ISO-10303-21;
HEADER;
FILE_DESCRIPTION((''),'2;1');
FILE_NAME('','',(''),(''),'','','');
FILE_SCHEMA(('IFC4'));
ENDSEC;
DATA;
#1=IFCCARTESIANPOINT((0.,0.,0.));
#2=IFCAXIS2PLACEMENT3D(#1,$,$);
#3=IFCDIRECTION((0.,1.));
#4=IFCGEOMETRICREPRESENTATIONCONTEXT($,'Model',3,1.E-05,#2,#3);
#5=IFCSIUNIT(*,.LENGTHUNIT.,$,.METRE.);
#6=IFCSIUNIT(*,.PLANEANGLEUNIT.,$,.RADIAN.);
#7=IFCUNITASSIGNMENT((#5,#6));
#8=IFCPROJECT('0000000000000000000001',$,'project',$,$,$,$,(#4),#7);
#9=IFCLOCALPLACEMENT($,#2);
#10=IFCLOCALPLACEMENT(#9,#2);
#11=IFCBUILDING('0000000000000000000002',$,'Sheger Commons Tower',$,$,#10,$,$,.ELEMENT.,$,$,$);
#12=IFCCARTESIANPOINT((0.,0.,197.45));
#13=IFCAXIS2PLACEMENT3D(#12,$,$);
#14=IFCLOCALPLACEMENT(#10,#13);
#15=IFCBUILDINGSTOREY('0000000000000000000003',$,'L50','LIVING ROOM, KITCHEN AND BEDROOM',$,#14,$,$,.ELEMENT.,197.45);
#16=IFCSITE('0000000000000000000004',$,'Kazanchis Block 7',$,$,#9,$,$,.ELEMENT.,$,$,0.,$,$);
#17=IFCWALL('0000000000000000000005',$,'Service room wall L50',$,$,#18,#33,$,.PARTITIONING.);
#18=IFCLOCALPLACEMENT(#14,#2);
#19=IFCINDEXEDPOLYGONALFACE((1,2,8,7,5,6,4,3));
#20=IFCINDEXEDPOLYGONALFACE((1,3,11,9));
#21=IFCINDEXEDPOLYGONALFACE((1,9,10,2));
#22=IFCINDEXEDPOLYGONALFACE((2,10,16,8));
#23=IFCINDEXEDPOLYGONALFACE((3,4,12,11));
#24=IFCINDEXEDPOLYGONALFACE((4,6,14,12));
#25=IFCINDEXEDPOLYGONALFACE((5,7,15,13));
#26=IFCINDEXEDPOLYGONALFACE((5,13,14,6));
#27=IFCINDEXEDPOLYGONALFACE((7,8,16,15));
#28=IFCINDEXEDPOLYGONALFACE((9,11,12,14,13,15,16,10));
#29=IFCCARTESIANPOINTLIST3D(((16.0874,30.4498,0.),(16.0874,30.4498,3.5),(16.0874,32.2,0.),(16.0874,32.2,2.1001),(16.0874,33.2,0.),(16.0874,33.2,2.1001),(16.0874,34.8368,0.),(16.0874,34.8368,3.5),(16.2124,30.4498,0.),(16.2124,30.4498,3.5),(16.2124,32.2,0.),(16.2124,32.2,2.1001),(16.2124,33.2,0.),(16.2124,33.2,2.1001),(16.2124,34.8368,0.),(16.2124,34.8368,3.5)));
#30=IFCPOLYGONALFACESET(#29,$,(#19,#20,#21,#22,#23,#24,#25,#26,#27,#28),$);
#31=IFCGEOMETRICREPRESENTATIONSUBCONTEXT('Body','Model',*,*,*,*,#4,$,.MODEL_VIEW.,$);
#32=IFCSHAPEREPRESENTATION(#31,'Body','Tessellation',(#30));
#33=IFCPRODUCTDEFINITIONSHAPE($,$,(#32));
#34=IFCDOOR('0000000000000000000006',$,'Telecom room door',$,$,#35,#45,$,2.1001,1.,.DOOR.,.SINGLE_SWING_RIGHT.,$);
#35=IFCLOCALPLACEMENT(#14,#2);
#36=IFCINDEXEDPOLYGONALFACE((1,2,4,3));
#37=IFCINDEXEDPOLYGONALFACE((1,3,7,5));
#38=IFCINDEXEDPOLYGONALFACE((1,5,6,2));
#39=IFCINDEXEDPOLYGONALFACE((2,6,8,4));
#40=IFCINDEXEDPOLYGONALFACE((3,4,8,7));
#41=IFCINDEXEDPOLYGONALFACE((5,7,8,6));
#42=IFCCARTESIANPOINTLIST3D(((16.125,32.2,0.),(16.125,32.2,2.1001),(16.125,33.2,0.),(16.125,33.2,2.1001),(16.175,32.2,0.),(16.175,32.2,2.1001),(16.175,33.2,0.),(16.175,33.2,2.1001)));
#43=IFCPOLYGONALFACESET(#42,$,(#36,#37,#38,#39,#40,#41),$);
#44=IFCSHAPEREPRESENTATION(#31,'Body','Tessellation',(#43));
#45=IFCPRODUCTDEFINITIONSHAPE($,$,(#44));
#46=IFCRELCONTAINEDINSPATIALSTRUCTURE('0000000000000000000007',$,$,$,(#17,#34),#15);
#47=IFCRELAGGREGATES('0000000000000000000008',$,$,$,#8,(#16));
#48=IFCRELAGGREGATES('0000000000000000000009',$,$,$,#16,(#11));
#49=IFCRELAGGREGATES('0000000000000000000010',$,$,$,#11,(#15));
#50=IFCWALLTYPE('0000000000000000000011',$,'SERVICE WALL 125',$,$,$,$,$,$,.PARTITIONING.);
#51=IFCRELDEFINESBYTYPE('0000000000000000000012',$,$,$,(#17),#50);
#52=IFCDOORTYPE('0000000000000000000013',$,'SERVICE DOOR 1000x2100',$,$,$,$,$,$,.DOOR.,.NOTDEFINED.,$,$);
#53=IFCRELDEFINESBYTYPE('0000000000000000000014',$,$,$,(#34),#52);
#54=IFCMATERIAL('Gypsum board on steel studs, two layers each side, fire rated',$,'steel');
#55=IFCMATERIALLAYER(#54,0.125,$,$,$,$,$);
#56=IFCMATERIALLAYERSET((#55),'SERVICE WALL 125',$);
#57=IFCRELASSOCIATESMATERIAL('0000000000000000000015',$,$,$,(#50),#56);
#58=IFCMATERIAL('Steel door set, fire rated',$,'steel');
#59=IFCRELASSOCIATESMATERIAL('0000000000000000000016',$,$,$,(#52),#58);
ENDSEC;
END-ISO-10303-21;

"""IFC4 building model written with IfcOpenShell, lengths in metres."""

from ifc_helpers import new_model, si_unit, direction, frame, frame_2d, origin, place, context, subcontext, project, spatial, rectangle, extrude, material, layer, layer_set, type_object, element, fill, save


model = new_model("IFC4")

# Units and contexts
model_context = context("Model", 3, precision=1e-05, world=origin(), true_north=direction((0.0, 1.0)))
body_context = subcontext(model_context, "Body", "Model", "MODEL_VIEW")
ifc_project = project(units=[si_unit("LENGTHUNIT", "METRE"), si_unit("PLANEANGLEUNIT", "RADIAN")], contexts=[model_context])

# Site, building, storey
site_placement = place(None, origin())
site = spatial("IfcSite", under=ifc_project, at=site_placement, Name="Kazanchis Block 7", CompositionType="ELEMENT", RefElevation=0.0)
building_placement = place(site_placement, origin())
building = spatial("IfcBuilding", under=site, at=building_placement, Name="Sheger Commons Tower", CompositionType="ELEMENT")
storey_placement = place(building_placement, frame((0.0, 0.0, 197.45)))
storey = spatial("IfcBuildingStorey", under=building, at=storey_placement, Name="L50", Description="LIVING ROOM, KITCHEN AND BEDROOM", CompositionType="ELEMENT", Elevation=197.45)

# Shared definitions
ifc_material_1 = material(Name="Gypsum board on steel studs, two layers each side, fire rated", Category="steel")
ifc_layer_1 = layer(ifc_material_1, 0.125)
ifc_layer_set_1 = layer_set([ifc_layer_1], Name="SERVICE WALL 125")
wall_type_1 = type_object("IfcWallType", Name="SERVICE WALL 125", PredefinedType="PARTITIONING", material=ifc_layer_set_1)
ifc_material_2 = material(Name="Steel door set, fire rated", Category="steel")
door_type_1 = type_object("IfcDoorType", Name="SERVICE DOOR 1000x2100", OperationType="NOTDEFINED", PredefinedType="DOOR", material=ifc_material_2)

# Wall, opening, door
wall_1_placement = place(storey_placement, frame((16.1499, 30.45, 0.0), z_axis=(0.0, 0.0, 1.0), x_axis=(0.0, 1.0, 0.0)))
wall_1 = element("IfcWall", 1, at=wall_1_placement, inside=storey, type_object=wall_type_1, Name="Service room wall L50", PredefinedType="PARTITIONING", context=body_context, shape_type="SweptSolid", body=[
    extrude(rectangle(XDim=4.387, YDim=0.125, at=frame_2d((2.1934, 0.0))), origin(), (0.0, 0.0, 1.0), 3.5),
])
opening_1_placement = place(wall_1_placement, frame((1.75, 0.0, 0.0)))
opening_1 = element("IfcOpeningElement", 2, at=opening_1_placement, cuts=wall_1, PredefinedType="OPENING", context=body_context, shape_type="SweptSolid", body=[
    extrude(rectangle(XDim=1.0, YDim=2.1001, at=frame_2d((0.5, 1.05))), frame((0.0, 0.0725, 0.0), z_axis=(0.0, -1.0, 0.0), x_axis=(1.0, 0.0, 0.0)), (0.0, 0.0, 1.0), 0.145),
])
door_1_placement = place(opening_1_placement, origin())
door_1 = element("IfcDoor", 3, at=door_1_placement, inside=storey, type_object=door_type_1, Name="Telecom room door", OperationType="SINGLE_SWING_RIGHT", OverallHeight=2.1001, OverallWidth=1.0, PredefinedType="DOOR", context=body_context, shape_type="SweptSolid", body=[
    extrude(rectangle(XDim=1.0, YDim=2.1001, at=frame_2d((0.5, 1.05))), frame((0.0, 0.0249, 0.0), z_axis=(0.0, -1.0, 0.0), x_axis=(1.0, 0.0, 0.0)), (0.0, 0.0, 1.0), 0.05),
])
fill(opening_1, door_1)

save(model, "model.ifc")
